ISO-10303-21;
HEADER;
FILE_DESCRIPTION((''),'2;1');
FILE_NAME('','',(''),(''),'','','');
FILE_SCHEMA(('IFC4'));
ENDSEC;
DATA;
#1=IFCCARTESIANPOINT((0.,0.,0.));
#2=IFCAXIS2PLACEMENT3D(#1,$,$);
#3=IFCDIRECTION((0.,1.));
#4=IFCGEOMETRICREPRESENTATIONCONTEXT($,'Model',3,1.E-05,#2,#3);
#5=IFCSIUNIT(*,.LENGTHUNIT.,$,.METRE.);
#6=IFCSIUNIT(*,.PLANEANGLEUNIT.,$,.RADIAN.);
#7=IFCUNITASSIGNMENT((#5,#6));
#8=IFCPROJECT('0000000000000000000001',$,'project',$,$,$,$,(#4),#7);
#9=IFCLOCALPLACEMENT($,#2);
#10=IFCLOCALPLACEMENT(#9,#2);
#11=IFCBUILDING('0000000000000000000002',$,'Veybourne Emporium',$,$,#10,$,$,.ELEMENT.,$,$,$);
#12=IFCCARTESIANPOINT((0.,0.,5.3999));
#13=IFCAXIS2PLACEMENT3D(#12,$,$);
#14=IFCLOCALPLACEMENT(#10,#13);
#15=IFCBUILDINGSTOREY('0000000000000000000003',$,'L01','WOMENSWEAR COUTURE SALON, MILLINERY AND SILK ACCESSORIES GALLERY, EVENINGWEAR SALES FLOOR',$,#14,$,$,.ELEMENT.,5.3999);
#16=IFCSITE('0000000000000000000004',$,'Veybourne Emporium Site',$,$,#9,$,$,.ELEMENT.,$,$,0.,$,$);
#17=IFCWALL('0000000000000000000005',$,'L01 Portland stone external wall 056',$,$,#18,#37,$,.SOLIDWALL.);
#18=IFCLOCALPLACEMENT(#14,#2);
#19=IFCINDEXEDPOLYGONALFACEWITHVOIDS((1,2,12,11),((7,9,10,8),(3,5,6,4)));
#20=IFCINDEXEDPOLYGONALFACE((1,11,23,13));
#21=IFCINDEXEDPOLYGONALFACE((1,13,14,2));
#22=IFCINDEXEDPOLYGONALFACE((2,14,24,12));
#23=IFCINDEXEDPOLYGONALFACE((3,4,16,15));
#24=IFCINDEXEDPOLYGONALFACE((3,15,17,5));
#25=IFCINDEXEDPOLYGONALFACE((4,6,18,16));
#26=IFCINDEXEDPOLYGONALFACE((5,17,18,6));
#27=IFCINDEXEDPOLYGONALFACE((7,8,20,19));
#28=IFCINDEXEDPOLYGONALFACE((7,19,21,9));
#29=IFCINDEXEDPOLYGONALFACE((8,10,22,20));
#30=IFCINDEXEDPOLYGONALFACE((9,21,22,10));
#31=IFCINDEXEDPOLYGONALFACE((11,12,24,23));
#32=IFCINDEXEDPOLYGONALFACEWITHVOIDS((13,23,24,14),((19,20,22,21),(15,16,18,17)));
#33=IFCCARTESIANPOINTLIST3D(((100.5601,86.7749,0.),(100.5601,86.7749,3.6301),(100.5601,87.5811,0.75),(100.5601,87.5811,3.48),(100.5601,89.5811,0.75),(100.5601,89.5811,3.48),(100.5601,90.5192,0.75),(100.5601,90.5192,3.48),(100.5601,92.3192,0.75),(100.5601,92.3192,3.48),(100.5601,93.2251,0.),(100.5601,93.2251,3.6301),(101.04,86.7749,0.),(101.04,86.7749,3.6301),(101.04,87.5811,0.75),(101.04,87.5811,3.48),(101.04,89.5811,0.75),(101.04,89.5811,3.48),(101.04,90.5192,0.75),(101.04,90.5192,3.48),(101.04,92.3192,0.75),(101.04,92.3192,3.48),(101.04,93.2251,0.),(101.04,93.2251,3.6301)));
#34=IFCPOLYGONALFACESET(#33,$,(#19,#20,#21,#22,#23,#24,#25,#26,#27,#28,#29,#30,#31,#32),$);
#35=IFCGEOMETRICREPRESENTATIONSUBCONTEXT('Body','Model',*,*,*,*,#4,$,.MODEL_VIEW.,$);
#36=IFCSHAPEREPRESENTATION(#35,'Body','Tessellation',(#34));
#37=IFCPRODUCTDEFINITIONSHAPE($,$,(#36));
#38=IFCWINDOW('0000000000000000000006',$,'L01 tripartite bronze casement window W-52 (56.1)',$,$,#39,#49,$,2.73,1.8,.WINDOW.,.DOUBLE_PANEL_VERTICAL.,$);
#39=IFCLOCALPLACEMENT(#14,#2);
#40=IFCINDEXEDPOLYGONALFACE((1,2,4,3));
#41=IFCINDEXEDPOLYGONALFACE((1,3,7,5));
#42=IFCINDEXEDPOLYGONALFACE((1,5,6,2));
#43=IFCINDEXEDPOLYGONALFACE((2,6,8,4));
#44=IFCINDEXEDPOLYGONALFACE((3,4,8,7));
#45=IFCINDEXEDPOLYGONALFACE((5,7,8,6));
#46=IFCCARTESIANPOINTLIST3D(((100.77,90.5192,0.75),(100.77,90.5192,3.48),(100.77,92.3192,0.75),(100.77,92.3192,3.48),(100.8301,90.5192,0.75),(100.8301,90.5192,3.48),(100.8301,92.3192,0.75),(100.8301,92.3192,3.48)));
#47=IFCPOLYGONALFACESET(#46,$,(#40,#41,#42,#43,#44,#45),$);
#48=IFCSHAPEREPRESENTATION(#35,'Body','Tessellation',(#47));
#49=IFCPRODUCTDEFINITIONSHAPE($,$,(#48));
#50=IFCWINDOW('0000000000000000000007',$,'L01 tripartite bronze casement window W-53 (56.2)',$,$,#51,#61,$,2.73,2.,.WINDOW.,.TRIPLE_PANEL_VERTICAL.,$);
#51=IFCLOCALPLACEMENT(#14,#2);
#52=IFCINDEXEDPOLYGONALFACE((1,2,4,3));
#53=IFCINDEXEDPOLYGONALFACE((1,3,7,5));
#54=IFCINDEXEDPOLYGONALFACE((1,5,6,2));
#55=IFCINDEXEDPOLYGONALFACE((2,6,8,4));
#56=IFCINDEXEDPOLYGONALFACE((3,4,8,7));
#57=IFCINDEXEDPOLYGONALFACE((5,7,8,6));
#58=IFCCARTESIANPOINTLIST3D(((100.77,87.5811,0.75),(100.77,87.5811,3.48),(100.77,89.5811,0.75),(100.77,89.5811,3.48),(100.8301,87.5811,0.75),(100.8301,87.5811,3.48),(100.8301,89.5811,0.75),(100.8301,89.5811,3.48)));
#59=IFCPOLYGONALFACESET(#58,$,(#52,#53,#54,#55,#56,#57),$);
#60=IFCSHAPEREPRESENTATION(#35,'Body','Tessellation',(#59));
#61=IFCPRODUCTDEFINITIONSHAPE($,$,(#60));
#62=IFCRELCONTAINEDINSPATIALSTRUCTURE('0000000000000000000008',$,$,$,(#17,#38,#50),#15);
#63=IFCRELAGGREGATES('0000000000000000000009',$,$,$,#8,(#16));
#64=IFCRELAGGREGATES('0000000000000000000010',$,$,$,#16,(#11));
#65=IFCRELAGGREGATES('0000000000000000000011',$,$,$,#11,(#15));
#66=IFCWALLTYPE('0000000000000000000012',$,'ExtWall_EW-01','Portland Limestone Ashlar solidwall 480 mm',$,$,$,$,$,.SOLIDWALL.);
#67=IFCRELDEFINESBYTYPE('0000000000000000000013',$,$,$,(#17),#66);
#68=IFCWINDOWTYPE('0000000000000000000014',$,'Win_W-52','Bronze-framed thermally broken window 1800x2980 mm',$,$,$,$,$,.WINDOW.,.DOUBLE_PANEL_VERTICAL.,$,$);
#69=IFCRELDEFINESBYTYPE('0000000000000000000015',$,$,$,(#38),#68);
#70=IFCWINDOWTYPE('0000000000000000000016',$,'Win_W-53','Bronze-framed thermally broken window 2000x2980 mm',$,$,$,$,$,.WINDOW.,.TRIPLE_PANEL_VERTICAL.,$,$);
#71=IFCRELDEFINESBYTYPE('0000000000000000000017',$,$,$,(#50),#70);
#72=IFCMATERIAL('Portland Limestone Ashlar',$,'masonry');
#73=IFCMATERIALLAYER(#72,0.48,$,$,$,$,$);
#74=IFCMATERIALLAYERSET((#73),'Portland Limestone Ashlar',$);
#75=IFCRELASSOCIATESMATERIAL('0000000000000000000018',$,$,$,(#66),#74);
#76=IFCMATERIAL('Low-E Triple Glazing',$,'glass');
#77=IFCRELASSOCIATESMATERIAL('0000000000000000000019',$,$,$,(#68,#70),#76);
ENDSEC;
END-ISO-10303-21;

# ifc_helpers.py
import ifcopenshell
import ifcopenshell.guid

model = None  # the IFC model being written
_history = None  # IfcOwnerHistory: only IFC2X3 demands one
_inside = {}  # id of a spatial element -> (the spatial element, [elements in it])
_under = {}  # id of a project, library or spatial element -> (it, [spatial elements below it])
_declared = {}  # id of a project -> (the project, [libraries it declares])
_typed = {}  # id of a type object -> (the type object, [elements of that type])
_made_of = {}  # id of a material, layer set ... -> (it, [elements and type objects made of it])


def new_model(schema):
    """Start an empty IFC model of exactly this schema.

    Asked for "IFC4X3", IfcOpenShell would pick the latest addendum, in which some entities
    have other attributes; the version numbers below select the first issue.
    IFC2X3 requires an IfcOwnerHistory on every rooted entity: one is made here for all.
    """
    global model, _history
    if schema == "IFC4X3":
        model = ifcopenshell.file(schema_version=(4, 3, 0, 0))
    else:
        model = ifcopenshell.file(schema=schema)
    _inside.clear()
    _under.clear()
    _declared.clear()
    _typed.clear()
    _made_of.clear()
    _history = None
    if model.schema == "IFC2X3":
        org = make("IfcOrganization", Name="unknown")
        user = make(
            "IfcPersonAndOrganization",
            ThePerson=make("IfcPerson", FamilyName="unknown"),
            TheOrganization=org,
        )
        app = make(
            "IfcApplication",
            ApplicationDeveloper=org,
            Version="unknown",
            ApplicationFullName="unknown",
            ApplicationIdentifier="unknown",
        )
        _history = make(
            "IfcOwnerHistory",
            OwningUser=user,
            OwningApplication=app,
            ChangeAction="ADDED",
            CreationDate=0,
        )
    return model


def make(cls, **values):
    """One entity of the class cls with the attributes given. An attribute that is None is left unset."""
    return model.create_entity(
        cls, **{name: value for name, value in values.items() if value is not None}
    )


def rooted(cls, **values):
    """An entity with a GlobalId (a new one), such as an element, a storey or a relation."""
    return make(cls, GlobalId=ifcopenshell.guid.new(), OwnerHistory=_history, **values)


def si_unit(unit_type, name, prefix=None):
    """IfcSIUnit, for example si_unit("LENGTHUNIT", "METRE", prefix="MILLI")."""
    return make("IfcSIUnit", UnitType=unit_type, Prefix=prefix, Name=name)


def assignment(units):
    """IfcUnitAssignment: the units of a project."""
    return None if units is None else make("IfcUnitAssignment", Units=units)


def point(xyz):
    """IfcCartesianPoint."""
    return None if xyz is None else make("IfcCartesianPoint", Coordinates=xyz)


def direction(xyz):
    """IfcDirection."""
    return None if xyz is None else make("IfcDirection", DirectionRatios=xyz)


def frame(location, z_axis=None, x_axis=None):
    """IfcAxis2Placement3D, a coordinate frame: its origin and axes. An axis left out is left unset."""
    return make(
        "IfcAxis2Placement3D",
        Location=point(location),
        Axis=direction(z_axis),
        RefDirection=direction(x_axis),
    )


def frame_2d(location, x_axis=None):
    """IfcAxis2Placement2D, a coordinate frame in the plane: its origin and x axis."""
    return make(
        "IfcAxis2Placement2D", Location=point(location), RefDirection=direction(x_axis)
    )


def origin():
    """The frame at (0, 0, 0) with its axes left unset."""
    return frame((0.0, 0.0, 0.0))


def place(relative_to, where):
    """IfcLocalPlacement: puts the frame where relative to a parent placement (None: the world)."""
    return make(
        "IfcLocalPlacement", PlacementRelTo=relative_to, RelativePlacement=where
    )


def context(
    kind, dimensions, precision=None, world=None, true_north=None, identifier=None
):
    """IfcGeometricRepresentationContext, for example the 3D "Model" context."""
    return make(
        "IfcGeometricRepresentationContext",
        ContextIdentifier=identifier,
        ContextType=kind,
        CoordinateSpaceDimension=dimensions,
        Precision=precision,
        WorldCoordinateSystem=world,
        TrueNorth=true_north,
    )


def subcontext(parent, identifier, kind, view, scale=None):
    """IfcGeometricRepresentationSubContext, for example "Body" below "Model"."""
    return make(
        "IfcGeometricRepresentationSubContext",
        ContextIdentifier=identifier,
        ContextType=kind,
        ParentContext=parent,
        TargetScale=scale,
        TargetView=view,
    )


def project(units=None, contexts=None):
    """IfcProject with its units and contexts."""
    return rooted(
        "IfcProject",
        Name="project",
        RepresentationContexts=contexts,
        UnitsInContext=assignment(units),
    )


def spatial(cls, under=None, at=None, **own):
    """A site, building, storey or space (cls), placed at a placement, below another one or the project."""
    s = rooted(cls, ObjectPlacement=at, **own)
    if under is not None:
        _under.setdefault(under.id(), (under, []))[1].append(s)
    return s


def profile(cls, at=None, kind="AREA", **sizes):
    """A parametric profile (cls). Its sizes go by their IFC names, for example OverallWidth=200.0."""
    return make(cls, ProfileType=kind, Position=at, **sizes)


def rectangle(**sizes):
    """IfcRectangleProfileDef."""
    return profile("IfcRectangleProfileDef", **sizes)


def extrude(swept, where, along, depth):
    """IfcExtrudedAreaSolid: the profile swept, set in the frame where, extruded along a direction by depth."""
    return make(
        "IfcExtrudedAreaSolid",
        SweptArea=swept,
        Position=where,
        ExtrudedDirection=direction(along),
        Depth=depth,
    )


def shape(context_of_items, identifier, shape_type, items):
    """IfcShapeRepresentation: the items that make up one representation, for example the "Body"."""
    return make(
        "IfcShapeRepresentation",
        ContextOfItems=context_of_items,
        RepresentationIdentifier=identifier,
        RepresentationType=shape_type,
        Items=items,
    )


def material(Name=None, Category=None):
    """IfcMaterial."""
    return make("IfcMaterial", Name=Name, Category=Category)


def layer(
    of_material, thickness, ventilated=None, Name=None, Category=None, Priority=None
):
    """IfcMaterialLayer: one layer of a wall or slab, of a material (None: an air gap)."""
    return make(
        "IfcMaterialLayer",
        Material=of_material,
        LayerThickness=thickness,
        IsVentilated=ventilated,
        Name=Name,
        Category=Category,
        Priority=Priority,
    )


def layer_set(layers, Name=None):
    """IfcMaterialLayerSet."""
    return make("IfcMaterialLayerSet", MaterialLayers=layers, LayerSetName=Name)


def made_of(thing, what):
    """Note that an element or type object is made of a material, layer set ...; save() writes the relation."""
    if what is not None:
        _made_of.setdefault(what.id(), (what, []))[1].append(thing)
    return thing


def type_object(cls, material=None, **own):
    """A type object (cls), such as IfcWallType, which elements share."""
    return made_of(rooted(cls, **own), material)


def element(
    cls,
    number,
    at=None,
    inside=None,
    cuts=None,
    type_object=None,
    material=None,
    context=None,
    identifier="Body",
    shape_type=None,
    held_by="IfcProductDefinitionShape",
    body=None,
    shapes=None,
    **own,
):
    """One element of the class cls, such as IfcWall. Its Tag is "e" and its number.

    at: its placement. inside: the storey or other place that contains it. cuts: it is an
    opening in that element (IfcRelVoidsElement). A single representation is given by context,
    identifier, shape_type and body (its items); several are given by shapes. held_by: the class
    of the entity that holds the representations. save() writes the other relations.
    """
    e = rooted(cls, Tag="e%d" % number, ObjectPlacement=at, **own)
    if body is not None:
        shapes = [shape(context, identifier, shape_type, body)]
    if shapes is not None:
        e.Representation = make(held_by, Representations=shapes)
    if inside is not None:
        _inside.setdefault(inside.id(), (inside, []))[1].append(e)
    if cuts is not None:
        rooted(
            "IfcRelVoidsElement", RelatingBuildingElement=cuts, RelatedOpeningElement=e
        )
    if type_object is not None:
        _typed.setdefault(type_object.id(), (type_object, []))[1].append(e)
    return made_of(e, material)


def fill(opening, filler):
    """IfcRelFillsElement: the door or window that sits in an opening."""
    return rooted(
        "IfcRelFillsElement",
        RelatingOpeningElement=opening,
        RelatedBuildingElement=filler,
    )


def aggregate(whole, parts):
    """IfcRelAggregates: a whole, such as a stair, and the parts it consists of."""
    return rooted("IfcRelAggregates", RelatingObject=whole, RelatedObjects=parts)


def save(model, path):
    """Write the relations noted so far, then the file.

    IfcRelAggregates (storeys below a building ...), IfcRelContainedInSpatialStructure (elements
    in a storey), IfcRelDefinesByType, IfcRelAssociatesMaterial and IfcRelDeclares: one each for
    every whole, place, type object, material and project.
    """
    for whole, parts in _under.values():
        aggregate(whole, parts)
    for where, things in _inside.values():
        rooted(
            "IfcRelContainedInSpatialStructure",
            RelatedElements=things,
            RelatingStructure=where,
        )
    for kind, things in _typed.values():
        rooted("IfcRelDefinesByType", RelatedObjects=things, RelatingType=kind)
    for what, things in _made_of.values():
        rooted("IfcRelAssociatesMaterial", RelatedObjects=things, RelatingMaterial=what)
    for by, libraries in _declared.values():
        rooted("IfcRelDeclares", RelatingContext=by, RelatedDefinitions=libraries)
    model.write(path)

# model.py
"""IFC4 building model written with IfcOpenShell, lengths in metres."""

from ifc_helpers import new_model, si_unit, direction, frame, frame_2d, origin, place, context, subcontext, project, spatial, rectangle, extrude, material, layer, layer_set, type_object, element, fill, save


model = new_model("IFC4")

# Units and contexts
model_context = context("Model", 3, precision=1e-05, world=origin(), true_north=direction((0.0, 1.0)))
body_context = subcontext(model_context, "Body", "Model", "MODEL_VIEW")
ifc_project = project(units=[si_unit("LENGTHUNIT", "METRE"), si_unit("PLANEANGLEUNIT", "RADIAN")], contexts=[model_context])

# Site, building, storey
site_placement = place(None, origin())
site = spatial("IfcSite", under=ifc_project, at=site_placement, Name="Veybourne Emporium Site", CompositionType="ELEMENT", RefElevation=0.0)
building_placement = place(site_placement, origin())
building = spatial("IfcBuilding", under=site, at=building_placement, Name="Veybourne Emporium", CompositionType="ELEMENT")
storey_placement = place(building_placement, frame((0.0, 0.0, 5.3999)))
storey = spatial("IfcBuildingStorey", under=building, at=storey_placement, Name="L01", Description="WOMENSWEAR COUTURE SALON, MILLINERY AND SILK ACCESSORIES GALLERY, EVENINGWEAR SALES FLOOR", CompositionType="ELEMENT", Elevation=5.3999)

# Shared definitions
ifc_material_1 = material(Name="Low-E Triple Glazing", Category="glass")

# Wall, openings, windows
ifc_material_2 = material(Name="Portland Limestone Ashlar", Category="masonry")
ifc_layer_1 = layer(ifc_material_2, 0.48)
ifc_layer_set_1 = layer_set([ifc_layer_1], Name="Portland Limestone Ashlar")
wall_type = type_object("IfcWallType", Name="ExtWall_EW-01", Description="Portland Limestone Ashlar solidwall 480 mm", PredefinedType="SOLIDWALL", material=ifc_layer_set_1)
wall_1_placement = place(storey_placement, frame((100.8, 93.2251, 0.0), z_axis=(0.0, 0.0, 1.0), x_axis=(0.0, -1.0, 0.0)))
wall_1 = element("IfcWall", 1, at=wall_1_placement, inside=storey, type_object=wall_type, Name="L01 Portland stone external wall 056", PredefinedType="SOLIDWALL", context=body_context, shape_type="SweptSolid", body=[
    extrude(rectangle(XDim=6.4502, YDim=0.48, at=frame_2d((3.2251, 0.0))), origin(), (0.0, 0.0, 1.0), 3.6301),
])
opening_1_placement = place(wall_1_placement, frame((0.906, 0.0, 0.75)))
opening_1 = element("IfcOpeningElement", 2, at=opening_1_placement, cuts=wall_1, PredefinedType="OPENING", context=body_context, shape_type="SweptSolid", body=[
    extrude(rectangle(XDim=1.8, YDim=2.73, at=frame_2d((0.8999, 1.365))), frame((0.0, 0.26, 0.0), z_axis=(0.0, -1.0, 0.0), x_axis=(1.0, 0.0, 0.0)), (0.0, 0.0, 1.0), 0.52),
])
opening_2_placement = place(wall_1_placement, frame((3.644, 0.0, 0.75)))
opening_2 = element("IfcOpeningElement", 3, at=opening_2_placement, cuts=wall_1, PredefinedType="OPENING", context=body_context, shape_type="SweptSolid", body=[
    extrude(rectangle(XDim=2.0, YDim=2.73, at=frame_2d((1.0, 1.365))), frame((0.0, 0.26, 0.0), z_axis=(0.0, -1.0, 0.0), x_axis=(1.0, 0.0, 0.0)), (0.0, 0.0, 1.0), 0.52),
])
window_type_1 = type_object("IfcWindowType", Name="Win_W-52", Description="Bronze-framed thermally broken window 1800x2980 mm", PartitioningType="DOUBLE_PANEL_VERTICAL", PredefinedType="WINDOW", material=ifc_material_1)
window_1_placement = place(opening_1_placement, origin())
window_1 = element("IfcWindow", 4, at=window_1_placement, inside=storey, type_object=window_type_1, Name="L01 tripartite bronze casement window W-52 (56.1)", OverallHeight=2.73, OverallWidth=1.8, PartitioningType="DOUBLE_PANEL_VERTICAL", PredefinedType="WINDOW", context=body_context, shape_type="SweptSolid", body=[
    extrude(rectangle(XDim=1.8, YDim=2.73, at=frame_2d((0.8999, 1.365))), frame((0.0, 0.03, 0.0), z_axis=(0.0, -1.0, 0.0), x_axis=(1.0, 0.0, 0.0)), (0.0, 0.0, 1.0), 0.0601),
])
fill(opening_1, window_1)
window_type_2 = type_object("IfcWindowType", Name="Win_W-53", Description="Bronze-framed thermally broken window 2000x2980 mm", PartitioningType="TRIPLE_PANEL_VERTICAL", PredefinedType="WINDOW", material=ifc_material_1)
window_2_placement = place(opening_2_placement, origin())
window_2 = element("IfcWindow", 5, at=window_2_placement, inside=storey, type_object=window_type_2, Name="L01 tripartite bronze casement window W-53 (56.2)", OverallHeight=2.73, OverallWidth=2.0, PartitioningType="TRIPLE_PANEL_VERTICAL", PredefinedType="WINDOW", context=body_context, shape_type="SweptSolid", body=[
    extrude(rectangle(XDim=2.0, YDim=2.73, at=frame_2d((1.0, 1.365))), frame((0.0, 0.03, 0.0), z_axis=(0.0, -1.0, 0.0), x_axis=(1.0, 0.0, 0.0)), (0.0, 0.0, 1.0), 0.0601),
])
fill(opening_2, window_2)

save(model, "model.ifc")
